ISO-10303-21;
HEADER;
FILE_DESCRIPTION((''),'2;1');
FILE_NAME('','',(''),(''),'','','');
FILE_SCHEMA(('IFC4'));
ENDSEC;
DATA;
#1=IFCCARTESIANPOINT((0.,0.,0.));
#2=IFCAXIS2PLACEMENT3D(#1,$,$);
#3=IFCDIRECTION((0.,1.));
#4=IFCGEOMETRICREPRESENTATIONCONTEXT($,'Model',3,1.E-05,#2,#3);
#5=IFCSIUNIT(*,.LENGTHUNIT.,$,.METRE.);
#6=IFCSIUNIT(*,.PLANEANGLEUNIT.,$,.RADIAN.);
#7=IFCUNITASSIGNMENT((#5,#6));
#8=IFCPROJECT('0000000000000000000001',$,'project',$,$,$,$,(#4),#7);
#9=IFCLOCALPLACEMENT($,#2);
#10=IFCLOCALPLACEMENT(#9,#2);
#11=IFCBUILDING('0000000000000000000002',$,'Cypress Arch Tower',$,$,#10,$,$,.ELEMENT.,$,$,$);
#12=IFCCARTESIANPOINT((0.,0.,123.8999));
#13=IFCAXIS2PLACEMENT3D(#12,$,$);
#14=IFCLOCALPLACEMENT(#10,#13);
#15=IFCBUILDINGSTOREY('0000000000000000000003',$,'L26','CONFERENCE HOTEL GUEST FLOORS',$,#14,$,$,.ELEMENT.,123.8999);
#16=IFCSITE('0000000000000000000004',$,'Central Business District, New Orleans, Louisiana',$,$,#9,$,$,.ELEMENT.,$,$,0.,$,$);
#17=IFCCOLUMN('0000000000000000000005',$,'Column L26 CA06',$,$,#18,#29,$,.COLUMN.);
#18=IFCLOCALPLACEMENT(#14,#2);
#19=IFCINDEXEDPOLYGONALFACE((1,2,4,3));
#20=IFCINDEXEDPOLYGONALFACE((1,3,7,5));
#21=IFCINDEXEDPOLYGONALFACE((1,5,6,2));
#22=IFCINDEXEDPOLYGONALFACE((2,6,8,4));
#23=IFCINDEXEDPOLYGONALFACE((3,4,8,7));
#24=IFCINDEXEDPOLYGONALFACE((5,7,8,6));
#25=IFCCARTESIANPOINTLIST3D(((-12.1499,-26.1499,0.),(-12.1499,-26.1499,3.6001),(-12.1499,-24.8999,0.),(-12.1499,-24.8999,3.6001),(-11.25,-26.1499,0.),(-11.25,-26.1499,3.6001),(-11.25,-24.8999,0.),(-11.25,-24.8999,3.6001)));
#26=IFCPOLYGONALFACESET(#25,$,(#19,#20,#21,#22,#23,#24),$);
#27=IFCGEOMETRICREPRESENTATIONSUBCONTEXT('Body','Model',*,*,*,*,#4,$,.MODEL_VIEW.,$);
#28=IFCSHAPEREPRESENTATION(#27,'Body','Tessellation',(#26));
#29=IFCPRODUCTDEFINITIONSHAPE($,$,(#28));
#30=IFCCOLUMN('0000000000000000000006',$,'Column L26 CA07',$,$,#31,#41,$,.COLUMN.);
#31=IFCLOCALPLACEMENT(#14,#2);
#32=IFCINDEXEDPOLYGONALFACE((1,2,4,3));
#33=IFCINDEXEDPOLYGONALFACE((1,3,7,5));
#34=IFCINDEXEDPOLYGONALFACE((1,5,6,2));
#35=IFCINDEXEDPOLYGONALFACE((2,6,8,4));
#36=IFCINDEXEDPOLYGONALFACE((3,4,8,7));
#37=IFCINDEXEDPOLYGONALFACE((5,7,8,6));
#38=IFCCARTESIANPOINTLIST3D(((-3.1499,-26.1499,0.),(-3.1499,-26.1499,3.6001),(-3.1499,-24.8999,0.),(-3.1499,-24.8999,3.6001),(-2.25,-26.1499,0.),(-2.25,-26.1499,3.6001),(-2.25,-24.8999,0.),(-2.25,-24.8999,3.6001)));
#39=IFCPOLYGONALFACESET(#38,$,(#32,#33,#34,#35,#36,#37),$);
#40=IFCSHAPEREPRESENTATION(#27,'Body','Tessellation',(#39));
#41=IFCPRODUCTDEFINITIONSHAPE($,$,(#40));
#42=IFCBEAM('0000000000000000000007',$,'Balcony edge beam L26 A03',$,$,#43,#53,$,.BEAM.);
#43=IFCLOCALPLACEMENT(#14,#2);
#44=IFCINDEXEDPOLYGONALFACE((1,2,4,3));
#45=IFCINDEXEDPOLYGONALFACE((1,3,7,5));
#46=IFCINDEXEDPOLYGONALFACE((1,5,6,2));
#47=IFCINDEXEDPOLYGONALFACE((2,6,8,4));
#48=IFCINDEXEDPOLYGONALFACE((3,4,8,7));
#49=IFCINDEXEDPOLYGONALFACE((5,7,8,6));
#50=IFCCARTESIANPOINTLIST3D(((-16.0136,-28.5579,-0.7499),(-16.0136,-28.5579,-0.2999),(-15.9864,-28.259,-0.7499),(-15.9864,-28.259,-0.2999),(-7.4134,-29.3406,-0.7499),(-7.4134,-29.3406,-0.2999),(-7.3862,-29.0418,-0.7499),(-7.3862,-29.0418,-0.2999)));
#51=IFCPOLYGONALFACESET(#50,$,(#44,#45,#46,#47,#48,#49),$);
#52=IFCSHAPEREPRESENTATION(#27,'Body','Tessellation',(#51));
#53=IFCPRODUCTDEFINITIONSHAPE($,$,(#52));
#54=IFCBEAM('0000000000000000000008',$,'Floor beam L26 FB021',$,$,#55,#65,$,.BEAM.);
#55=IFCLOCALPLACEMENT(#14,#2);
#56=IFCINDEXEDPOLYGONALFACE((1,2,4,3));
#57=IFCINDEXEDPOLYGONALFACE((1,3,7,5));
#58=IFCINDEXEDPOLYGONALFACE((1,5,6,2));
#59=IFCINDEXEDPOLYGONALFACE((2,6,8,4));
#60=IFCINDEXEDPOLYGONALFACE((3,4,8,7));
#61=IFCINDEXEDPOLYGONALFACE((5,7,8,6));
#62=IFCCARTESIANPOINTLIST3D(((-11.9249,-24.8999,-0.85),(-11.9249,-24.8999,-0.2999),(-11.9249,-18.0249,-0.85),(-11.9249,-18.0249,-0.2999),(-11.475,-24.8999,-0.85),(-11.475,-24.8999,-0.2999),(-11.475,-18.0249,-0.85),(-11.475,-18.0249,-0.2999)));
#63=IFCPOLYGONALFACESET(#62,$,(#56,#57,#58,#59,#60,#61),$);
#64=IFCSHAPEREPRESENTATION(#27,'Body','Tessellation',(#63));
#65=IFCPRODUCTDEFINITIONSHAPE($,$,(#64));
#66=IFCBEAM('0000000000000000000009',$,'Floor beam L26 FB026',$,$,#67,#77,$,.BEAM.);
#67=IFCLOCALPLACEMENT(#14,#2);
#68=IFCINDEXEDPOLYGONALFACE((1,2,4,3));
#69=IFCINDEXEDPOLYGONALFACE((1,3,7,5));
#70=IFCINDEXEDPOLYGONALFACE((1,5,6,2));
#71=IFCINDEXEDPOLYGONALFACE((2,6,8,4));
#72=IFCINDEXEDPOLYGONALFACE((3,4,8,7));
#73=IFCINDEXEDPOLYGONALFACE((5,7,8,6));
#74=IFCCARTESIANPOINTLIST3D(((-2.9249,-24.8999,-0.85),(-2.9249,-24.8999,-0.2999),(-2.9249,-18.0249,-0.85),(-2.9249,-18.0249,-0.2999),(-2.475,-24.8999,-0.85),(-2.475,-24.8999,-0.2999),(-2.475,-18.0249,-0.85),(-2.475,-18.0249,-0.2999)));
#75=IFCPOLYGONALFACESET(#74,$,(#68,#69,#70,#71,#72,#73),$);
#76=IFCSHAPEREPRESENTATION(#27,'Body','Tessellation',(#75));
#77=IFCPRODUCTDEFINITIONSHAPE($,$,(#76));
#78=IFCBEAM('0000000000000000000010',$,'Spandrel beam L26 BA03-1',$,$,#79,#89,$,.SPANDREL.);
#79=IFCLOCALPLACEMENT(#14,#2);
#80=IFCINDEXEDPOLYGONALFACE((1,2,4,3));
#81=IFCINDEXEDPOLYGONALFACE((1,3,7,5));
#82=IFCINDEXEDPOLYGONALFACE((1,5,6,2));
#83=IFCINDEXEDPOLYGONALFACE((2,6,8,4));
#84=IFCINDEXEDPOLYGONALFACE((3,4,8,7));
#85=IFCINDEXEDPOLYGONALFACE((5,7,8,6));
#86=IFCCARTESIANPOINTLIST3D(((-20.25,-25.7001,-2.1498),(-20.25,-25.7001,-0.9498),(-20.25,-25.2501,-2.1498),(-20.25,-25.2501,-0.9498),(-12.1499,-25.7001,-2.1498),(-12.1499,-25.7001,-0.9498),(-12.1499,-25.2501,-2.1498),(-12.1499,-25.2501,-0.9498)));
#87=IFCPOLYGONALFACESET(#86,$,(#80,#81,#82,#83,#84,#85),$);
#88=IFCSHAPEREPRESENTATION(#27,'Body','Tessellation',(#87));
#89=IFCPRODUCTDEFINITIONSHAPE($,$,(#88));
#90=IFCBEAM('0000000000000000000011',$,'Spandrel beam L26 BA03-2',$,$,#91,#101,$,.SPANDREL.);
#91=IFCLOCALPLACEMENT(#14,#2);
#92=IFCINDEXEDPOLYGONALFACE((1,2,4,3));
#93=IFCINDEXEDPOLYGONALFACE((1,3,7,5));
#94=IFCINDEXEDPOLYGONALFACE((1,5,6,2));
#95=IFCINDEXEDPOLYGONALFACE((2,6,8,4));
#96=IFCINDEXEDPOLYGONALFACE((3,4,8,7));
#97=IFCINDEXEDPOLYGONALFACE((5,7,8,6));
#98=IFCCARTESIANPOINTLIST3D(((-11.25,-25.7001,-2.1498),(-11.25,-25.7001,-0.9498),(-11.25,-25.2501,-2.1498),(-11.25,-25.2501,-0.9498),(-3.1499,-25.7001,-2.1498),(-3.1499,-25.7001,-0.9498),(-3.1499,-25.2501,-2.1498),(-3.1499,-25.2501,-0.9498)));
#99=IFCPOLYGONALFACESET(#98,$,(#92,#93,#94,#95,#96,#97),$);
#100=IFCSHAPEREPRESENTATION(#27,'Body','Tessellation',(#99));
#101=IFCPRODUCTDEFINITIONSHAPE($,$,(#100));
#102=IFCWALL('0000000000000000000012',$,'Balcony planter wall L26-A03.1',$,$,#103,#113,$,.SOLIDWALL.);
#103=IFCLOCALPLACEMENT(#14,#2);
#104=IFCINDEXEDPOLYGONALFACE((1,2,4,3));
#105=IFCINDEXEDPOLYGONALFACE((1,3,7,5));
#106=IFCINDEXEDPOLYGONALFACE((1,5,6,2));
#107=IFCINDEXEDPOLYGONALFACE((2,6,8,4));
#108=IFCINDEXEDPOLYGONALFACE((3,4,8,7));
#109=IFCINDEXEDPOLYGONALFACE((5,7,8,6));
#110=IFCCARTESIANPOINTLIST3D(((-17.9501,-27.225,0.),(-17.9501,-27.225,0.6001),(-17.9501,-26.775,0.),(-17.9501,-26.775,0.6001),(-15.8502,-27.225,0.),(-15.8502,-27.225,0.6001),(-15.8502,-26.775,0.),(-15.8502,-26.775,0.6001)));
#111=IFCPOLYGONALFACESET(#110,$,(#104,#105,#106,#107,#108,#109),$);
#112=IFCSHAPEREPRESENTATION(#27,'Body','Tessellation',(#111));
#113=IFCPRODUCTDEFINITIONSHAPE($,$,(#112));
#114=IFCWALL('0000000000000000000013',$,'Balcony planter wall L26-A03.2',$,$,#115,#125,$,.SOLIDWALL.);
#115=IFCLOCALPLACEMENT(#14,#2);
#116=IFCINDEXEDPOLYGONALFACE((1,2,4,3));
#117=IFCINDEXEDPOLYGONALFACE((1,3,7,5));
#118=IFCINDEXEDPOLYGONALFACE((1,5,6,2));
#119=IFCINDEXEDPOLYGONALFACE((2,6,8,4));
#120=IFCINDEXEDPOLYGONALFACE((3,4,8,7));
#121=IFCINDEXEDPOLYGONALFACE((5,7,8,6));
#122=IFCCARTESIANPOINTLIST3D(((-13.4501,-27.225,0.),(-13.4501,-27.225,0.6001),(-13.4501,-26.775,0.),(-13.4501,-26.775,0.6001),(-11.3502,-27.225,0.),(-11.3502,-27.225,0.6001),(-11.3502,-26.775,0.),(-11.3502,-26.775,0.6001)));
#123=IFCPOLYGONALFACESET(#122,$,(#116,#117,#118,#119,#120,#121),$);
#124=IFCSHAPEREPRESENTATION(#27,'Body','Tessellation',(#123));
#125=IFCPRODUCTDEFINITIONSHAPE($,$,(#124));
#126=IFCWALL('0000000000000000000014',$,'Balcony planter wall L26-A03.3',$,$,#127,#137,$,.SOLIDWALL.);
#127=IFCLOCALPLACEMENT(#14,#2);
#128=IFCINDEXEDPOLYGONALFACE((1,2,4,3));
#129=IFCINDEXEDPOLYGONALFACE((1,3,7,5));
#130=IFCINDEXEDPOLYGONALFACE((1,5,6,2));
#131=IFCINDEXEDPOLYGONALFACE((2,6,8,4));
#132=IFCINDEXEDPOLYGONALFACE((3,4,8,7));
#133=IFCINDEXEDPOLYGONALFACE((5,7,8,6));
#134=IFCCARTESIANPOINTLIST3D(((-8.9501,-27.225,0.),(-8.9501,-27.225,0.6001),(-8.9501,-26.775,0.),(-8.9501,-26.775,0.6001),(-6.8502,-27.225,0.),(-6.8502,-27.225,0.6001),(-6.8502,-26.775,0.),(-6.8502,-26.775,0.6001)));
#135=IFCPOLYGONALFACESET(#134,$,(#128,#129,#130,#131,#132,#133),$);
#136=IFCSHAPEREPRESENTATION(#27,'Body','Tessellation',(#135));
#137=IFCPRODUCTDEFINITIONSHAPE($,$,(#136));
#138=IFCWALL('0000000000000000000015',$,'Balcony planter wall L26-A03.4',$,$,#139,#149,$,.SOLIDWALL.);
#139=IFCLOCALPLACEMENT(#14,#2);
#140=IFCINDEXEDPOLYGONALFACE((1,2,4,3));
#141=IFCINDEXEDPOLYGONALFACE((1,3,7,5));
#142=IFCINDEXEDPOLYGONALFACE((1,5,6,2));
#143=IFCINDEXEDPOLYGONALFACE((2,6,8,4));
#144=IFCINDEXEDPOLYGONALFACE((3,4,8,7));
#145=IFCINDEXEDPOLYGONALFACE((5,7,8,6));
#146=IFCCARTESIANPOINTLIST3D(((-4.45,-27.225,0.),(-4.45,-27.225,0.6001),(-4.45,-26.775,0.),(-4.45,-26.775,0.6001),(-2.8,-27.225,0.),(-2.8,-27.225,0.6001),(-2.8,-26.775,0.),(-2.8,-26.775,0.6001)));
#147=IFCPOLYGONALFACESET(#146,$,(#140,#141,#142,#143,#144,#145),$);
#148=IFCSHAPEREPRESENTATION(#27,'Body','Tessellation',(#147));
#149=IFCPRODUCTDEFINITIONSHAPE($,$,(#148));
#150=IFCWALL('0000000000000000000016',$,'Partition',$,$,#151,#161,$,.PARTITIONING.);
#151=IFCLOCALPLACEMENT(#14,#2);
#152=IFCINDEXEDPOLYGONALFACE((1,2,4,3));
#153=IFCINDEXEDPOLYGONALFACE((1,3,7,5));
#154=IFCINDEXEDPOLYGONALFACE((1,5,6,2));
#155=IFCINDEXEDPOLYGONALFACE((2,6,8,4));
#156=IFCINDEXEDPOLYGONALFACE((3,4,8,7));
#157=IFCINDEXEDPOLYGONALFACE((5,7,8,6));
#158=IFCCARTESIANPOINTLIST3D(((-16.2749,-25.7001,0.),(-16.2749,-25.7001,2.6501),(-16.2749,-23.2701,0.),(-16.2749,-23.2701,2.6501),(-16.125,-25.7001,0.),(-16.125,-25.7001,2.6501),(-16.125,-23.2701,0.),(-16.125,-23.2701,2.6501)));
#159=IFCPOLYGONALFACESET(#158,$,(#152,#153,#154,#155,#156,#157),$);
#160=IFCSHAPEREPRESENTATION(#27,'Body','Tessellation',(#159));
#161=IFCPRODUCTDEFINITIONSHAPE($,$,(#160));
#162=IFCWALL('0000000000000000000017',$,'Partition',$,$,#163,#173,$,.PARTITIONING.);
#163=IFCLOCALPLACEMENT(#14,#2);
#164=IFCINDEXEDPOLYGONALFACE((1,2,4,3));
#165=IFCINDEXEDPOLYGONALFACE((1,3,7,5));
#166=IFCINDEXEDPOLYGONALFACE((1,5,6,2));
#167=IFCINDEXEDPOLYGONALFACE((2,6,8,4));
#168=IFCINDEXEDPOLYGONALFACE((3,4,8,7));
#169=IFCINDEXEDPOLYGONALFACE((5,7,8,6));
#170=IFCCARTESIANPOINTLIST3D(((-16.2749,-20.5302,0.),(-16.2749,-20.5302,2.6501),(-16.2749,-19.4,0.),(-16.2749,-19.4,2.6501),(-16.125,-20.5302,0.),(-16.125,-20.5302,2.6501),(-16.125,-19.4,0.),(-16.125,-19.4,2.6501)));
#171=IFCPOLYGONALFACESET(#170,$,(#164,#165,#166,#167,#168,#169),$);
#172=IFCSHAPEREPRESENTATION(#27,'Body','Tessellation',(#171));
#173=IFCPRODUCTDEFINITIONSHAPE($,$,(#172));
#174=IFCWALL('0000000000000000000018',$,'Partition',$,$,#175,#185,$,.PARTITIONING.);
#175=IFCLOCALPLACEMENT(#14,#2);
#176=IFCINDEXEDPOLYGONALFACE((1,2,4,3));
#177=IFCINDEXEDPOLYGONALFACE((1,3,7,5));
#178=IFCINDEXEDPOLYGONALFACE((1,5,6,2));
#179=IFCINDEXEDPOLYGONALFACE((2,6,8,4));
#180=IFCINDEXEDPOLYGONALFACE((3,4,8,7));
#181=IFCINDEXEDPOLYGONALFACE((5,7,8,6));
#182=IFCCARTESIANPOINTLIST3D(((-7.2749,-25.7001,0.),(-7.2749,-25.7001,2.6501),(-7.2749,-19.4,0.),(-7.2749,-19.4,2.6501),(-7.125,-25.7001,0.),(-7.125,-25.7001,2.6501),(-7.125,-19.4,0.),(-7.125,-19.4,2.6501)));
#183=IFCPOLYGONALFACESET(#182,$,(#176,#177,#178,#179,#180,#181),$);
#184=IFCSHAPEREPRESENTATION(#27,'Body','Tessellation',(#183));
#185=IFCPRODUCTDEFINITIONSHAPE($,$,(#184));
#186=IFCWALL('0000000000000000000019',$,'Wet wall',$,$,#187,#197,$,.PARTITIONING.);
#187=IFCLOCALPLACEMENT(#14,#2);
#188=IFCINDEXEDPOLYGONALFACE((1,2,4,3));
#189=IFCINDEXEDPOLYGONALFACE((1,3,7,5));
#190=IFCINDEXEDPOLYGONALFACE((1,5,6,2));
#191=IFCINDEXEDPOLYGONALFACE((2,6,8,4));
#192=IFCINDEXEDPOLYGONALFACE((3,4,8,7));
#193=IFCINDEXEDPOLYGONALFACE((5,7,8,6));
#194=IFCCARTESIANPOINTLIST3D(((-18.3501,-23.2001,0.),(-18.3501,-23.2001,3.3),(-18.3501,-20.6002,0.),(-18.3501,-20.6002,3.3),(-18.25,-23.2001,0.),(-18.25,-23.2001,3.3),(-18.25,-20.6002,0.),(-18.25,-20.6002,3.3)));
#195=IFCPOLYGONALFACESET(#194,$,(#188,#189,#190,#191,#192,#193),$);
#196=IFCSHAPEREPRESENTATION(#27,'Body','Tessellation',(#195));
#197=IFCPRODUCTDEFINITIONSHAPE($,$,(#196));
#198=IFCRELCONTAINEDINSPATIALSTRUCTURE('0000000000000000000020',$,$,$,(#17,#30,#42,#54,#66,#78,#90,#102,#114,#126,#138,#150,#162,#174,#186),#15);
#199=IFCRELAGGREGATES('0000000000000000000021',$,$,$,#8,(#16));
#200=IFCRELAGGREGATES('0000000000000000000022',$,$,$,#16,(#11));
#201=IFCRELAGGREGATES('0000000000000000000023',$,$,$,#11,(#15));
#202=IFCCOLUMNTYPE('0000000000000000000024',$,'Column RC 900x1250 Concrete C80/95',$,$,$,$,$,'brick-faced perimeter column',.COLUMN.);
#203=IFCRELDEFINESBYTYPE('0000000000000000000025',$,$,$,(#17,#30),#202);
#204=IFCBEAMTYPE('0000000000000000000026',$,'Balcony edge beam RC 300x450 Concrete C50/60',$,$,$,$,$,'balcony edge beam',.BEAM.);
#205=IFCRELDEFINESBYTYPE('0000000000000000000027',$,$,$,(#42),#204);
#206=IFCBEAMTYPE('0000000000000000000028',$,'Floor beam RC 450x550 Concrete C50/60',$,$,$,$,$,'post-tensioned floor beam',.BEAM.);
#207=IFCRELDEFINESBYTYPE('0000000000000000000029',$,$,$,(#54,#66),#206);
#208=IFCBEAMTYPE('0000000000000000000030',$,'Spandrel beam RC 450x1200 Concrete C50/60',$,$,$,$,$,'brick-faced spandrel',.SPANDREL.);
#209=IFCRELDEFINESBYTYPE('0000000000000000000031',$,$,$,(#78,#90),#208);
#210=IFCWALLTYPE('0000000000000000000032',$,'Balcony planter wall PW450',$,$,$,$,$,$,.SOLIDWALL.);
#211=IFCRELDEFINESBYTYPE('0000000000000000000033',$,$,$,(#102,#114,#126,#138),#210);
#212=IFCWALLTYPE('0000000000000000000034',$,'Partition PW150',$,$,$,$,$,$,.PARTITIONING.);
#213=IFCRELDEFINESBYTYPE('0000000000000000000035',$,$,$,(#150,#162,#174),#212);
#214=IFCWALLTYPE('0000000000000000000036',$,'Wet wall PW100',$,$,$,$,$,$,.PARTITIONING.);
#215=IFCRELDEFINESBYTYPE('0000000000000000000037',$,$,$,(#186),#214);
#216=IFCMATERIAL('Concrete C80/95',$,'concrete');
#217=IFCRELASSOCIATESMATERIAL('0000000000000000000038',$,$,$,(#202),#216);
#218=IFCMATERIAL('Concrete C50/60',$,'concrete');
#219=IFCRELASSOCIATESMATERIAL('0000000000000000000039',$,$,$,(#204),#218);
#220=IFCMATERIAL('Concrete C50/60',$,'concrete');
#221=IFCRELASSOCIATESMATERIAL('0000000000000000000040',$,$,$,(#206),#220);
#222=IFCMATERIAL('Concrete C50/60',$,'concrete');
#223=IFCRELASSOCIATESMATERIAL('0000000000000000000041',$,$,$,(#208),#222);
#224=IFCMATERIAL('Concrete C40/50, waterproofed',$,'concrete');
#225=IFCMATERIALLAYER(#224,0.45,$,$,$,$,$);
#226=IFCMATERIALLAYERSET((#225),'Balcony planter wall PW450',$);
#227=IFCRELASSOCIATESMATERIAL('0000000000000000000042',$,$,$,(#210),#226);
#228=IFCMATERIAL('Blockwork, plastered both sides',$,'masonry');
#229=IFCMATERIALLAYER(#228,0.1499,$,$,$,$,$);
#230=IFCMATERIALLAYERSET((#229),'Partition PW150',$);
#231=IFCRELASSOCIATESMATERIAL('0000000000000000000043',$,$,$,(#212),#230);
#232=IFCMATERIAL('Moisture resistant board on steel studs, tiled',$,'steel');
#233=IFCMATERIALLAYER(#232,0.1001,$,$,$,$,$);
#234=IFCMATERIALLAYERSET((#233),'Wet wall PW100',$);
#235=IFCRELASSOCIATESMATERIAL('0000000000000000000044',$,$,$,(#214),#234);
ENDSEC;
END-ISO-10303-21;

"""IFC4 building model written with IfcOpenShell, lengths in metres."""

from ifc_helpers import new_model, si_unit, direction, frame, frame_2d, origin, origin_2d, place, context, subcontext, project, spatial, rectangle, extrude, material, layer, layer_set, material_profile, profile_set, type_object, element, save


model = new_model("IFC4")

# Units and contexts
model_context = context("Model", 3, precision=1e-05, world=origin(), true_north=direction((0.0, 1.0)))
body_context = subcontext(model_context, "Body", "Model", "MODEL_VIEW")
ifc_project = project(units=[si_unit("LENGTHUNIT", "METRE"), si_unit("PLANEANGLEUNIT", "RADIAN")], contexts=[model_context])

# Site, building, storey
site_placement = place(None, origin())
site = spatial("IfcSite", under=ifc_project, at=site_placement, Name="Central Business District, New Orleans, Louisiana", CompositionType="ELEMENT", RefElevation=0.0)
building_placement = place(site_placement, origin())
building = spatial("IfcBuilding", under=site, at=building_placement, Name="Cypress Arch Tower", CompositionType="ELEMENT")
storey_placement = place(building_placement, frame((0.0, 0.0, 123.8999)))
storey = spatial("IfcBuildingStorey", under=building, at=storey_placement, Name="L26", Description="CONFERENCE HOTEL GUEST FLOORS", CompositionType="ELEMENT", Elevation=123.8999)

# Columns
ifc_material_1 = material(Name="Concrete C80/95", Category="concrete")
ifc_material_profile_1 = material_profile(ifc_material_1, rectangle(XDim=0.8999, YDim=1.25, at=origin_2d()), Name="RC 900x1250")
ifc_profile_set_1 = profile_set([ifc_material_profile_1], Name="Concrete C80/95")
column_type = type_object("IfcColumnType", Name="Column RC 900x1250 Concrete C80/95", ElementType="brick-faced perimeter column", PredefinedType="COLUMN", material=ifc_profile_set_1)
for number, where, z_axis, x_axis, name in (
    (1, (-11.7, -25.5249, 0.0), (0.0, 0.0, 1.0), (1.0, 0.0, 0.0), "Column L26 CA06"),
    (2, (-2.7, -25.5249, 0.0), (0.0, 0.0, 1.0), (1.0, 0.0, 0.0), "Column L26 CA07"),
):
    element("IfcColumn", number, at=place(storey_placement, frame(where, z_axis=z_axis, x_axis=x_axis)), inside=storey, type_object=column_type, Name=name, PredefinedType="COLUMN", context=body_context, shape_type="SweptSolid", body=[
        extrude(rectangle(XDim=0.8999, YDim=1.25, at=origin_2d()), origin(), (0.0, 0.0, 1.0), 3.6001),
    ])

# Beams
ifc_material_2 = material(Name="Concrete C50/60", Category="concrete")
ifc_material_profile_2 = material_profile(ifc_material_2, rectangle(XDim=0.3, YDim=0.45, at=origin_2d()), Name="RC 300x450")
ifc_profile_set_2 = profile_set([ifc_material_profile_2], Name="Concrete C50/60")
beam_type_1 = type_object("IfcBeamType", Name="Balcony edge beam RC 300x450 Concrete C50/60", ElementType="balcony edge beam", PredefinedType="BEAM", material=ifc_profile_set_2)
beam_placement = place(storey_placement, frame((-16.0, -28.4084, -0.5249), z_axis=(0.995884, -0.090638, 0.0), x_axis=(0.090638, 0.995884, 0.0)))
element("IfcBeam", 3, at=beam_placement, inside=storey, type_object=beam_type_1, Name="Balcony edge beam L26 A03", PredefinedType="BEAM", context=body_context, shape_type="SweptSolid", body=[
    extrude(rectangle(XDim=0.3, YDim=0.45, at=origin_2d()), origin(), (0.0, 0.0, 1.0), 8.6357),
])
ifc_material_3 = material(Name="Concrete C50/60", Category="concrete")
ifc_material_profile_3 = material_profile(ifc_material_3, rectangle(XDim=0.45, YDim=0.55, at=origin_2d()), Name="RC 450x550")
ifc_profile_set_3 = profile_set([ifc_material_profile_3], Name="Concrete C50/60")
beam_type_2 = type_object("IfcBeamType", Name="Floor beam RC 450x550 Concrete C50/60", ElementType="post-tensioned floor beam", PredefinedType="BEAM", material=ifc_profile_set_3)
for number, where, z_axis, x_axis, name in (
    (4, (-11.7, -24.8999, -0.575), (0.0, 1.0, 0.0), (-1.0, 0.0, 0.0), "Floor beam L26 FB021"),
    (5, (-2.7, -24.8999, -0.575), (0.0, 1.0, 0.0), (-1.0, 0.0, 0.0), "Floor beam L26 FB026"),
):
    element("IfcBeam", number, at=place(storey_placement, frame(where, z_axis=z_axis, x_axis=x_axis)), inside=storey, type_object=beam_type_2, Name=name, PredefinedType="BEAM", context=body_context, shape_type="SweptSolid", body=[
        extrude(rectangle(XDim=0.45, YDim=0.55, at=origin_2d()), origin(), (0.0, 0.0, 1.0), 6.875),
    ])
ifc_material_4 = material(Name="Concrete C50/60", Category="concrete")
ifc_material_profile_4 = material_profile(ifc_material_4, rectangle(XDim=0.45, YDim=1.2, at=origin_2d()), Name="RC 450x1200")
ifc_profile_set_4 = profile_set([ifc_material_profile_4], Name="Concrete C50/60")
beam_type_3 = type_object("IfcBeamType", Name="Spandrel beam RC 450x1200 Concrete C50/60", ElementType="brick-faced spandrel", PredefinedType="SPANDREL", material=ifc_profile_set_4)
for number, where, z_axis, x_axis, name in (
    (6, (-20.25, -25.4751, -1.5498), (1.0, 0.0, 0.0), (0.0, 1.0, 0.0), "Spandrel beam L26 BA03-1"),
    (7, (-11.25, -25.4751, -1.5498), (1.0, 0.0, 0.0), (0.0, 1.0, 0.0), "Spandrel beam L26 BA03-2"),
):
    element("IfcBeam", number, at=place(storey_placement, frame(where, z_axis=z_axis, x_axis=x_axis)), inside=storey, type_object=beam_type_3, Name=name, PredefinedType="SPANDREL", context=body_context, shape_type="SweptSolid", body=[
        extrude(rectangle(XDim=0.45, YDim=1.2, at=origin_2d()), origin(), (0.0, 0.0, 1.0), 8.1001),
    ])

# Walls
ifc_material_5 = material(Name="Concrete C40/50, waterproofed", Category="concrete")
ifc_layer_1 = layer(ifc_material_5, 0.45)
ifc_layer_set_1 = layer_set([ifc_layer_1], Name="Balcony planter wall PW450")
wall_type_1 = type_object("IfcWallType", Name="Balcony planter wall PW450", PredefinedType="SOLIDWALL", material=ifc_layer_set_1)
for number, where, z_axis, x_axis, name in (
    (8, (-17.95, -27.0, 0.0), (0.0, 0.0, 1.0), (1.0, 0.0, 0.0), "Balcony planter wall L26-A03.1"),
    (9, (-13.45, -27.0, 0.0), (0.0, 0.0, 1.0), (1.0, 0.0, 0.0), "Balcony planter wall L26-A03.2"),
    (10, (-8.95, -27.0, 0.0), (0.0, 0.0, 1.0), (1.0, 0.0, 0.0), "Balcony planter wall L26-A03.3"),
):
    element("IfcWall", number, at=place(storey_placement, frame(where, z_axis=z_axis, x_axis=x_axis)), inside=storey, type_object=wall_type_1, Name=name, PredefinedType="SOLIDWALL", context=body_context, shape_type="SweptSolid", body=[
        extrude(rectangle(XDim=2.0999, YDim=0.45, at=frame_2d((1.0498, 0.0))), origin(), (0.0, 0.0, 1.0), 0.6001),
    ])
wall_1_placement = place(storey_placement, frame((-4.45, -27.0, 0.0), z_axis=(0.0, 0.0, 1.0), x_axis=(1.0, 0.0, 0.0)))
element("IfcWall", 11, at=wall_1_placement, inside=storey, type_object=wall_type_1, Name="Balcony planter wall L26-A03.4", PredefinedType="SOLIDWALL", context=body_context, shape_type="SweptSolid", body=[
    extrude(rectangle(XDim=1.6499, YDim=0.45, at=frame_2d((0.825, 0.0))), origin(), (0.0, 0.0, 1.0), 0.6001),
])

# Walls
ifc_material_6 = material(Name="Blockwork, plastered both sides", Category="masonry")
ifc_layer_2 = layer(ifc_material_6, 0.1499)
ifc_layer_set_2 = layer_set([ifc_layer_2], Name="Partition PW150")
wall_type_2 = type_object("IfcWallType", Name="Partition PW150", PredefinedType="PARTITIONING", material=ifc_layer_set_2)
wall_2_placement = place(storey_placement, frame((-16.2, -25.7, 0.0), z_axis=(0.0, 0.0, 1.0), x_axis=(0.0, 1.0, 0.0)))
element("IfcWall", 12, at=wall_2_placement, inside=storey, type_object=wall_type_2, Name="Partition", PredefinedType="PARTITIONING", context=body_context, shape_type="SweptSolid", body=[
    extrude(rectangle(XDim=2.4299, YDim=0.1499, at=frame_2d((1.2148, 0.0))), origin(), (0.0, 0.0, 1.0), 2.6501),
])
wall_3_placement = place(storey_placement, frame((-16.2, -20.53, 0.0), z_axis=(0.0, 0.0, 1.0), x_axis=(0.0, 1.0, 0.0)))
element("IfcWall", 13, at=wall_3_placement, inside=storey, type_object=wall_type_2, Name="Partition", PredefinedType="PARTITIONING", context=body_context, shape_type="SweptSolid", body=[
    extrude(rectangle(XDim=1.1301, YDim=0.1499, at=frame_2d((0.5649, 0.0))), origin(), (0.0, 0.0, 1.0), 2.6501),
])
wall_4_placement = place(storey_placement, frame((-7.2, -25.7, 0.0), z_axis=(0.0, 0.0, 1.0), x_axis=(0.0, 1.0, 0.0)))
element("IfcWall", 14, at=wall_4_placement, inside=storey, type_object=wall_type_2, Name="Partition", PredefinedType="PARTITIONING", context=body_context, shape_type="SweptSolid", body=[
    extrude(rectangle(XDim=6.3, YDim=0.1499, at=frame_2d((3.1499, 0.0))), origin(), (0.0, 0.0, 1.0), 2.6501),
])
ifc_material_7 = material(Name="Moisture resistant board on steel studs, tiled", Category="steel")
ifc_layer_3 = layer(ifc_material_7, 0.1001)
ifc_layer_set_3 = layer_set([ifc_layer_3], Name="Wet wall PW100")
wall_type_3 = type_object("IfcWallType", Name="Wet wall PW100", PredefinedType="PARTITIONING", material=ifc_layer_set_3)
wall_5_placement = place(storey_placement, frame((-18.3, -23.2, 0.0), z_axis=(0.0, 0.0, 1.0), x_axis=(0.0, 1.0, 0.0)))
element("IfcWall", 15, at=wall_5_placement, inside=storey, type_object=wall_type_3, Name="Wet wall", PredefinedType="PARTITIONING", context=body_context, shape_type="SweptSolid", body=[
    extrude(rectangle(XDim=2.5999, YDim=0.1001, at=frame_2d((1.2998, 0.0))), origin(), (0.0, 0.0, 1.0), 3.3),
])

save(model, "model.ifc")
